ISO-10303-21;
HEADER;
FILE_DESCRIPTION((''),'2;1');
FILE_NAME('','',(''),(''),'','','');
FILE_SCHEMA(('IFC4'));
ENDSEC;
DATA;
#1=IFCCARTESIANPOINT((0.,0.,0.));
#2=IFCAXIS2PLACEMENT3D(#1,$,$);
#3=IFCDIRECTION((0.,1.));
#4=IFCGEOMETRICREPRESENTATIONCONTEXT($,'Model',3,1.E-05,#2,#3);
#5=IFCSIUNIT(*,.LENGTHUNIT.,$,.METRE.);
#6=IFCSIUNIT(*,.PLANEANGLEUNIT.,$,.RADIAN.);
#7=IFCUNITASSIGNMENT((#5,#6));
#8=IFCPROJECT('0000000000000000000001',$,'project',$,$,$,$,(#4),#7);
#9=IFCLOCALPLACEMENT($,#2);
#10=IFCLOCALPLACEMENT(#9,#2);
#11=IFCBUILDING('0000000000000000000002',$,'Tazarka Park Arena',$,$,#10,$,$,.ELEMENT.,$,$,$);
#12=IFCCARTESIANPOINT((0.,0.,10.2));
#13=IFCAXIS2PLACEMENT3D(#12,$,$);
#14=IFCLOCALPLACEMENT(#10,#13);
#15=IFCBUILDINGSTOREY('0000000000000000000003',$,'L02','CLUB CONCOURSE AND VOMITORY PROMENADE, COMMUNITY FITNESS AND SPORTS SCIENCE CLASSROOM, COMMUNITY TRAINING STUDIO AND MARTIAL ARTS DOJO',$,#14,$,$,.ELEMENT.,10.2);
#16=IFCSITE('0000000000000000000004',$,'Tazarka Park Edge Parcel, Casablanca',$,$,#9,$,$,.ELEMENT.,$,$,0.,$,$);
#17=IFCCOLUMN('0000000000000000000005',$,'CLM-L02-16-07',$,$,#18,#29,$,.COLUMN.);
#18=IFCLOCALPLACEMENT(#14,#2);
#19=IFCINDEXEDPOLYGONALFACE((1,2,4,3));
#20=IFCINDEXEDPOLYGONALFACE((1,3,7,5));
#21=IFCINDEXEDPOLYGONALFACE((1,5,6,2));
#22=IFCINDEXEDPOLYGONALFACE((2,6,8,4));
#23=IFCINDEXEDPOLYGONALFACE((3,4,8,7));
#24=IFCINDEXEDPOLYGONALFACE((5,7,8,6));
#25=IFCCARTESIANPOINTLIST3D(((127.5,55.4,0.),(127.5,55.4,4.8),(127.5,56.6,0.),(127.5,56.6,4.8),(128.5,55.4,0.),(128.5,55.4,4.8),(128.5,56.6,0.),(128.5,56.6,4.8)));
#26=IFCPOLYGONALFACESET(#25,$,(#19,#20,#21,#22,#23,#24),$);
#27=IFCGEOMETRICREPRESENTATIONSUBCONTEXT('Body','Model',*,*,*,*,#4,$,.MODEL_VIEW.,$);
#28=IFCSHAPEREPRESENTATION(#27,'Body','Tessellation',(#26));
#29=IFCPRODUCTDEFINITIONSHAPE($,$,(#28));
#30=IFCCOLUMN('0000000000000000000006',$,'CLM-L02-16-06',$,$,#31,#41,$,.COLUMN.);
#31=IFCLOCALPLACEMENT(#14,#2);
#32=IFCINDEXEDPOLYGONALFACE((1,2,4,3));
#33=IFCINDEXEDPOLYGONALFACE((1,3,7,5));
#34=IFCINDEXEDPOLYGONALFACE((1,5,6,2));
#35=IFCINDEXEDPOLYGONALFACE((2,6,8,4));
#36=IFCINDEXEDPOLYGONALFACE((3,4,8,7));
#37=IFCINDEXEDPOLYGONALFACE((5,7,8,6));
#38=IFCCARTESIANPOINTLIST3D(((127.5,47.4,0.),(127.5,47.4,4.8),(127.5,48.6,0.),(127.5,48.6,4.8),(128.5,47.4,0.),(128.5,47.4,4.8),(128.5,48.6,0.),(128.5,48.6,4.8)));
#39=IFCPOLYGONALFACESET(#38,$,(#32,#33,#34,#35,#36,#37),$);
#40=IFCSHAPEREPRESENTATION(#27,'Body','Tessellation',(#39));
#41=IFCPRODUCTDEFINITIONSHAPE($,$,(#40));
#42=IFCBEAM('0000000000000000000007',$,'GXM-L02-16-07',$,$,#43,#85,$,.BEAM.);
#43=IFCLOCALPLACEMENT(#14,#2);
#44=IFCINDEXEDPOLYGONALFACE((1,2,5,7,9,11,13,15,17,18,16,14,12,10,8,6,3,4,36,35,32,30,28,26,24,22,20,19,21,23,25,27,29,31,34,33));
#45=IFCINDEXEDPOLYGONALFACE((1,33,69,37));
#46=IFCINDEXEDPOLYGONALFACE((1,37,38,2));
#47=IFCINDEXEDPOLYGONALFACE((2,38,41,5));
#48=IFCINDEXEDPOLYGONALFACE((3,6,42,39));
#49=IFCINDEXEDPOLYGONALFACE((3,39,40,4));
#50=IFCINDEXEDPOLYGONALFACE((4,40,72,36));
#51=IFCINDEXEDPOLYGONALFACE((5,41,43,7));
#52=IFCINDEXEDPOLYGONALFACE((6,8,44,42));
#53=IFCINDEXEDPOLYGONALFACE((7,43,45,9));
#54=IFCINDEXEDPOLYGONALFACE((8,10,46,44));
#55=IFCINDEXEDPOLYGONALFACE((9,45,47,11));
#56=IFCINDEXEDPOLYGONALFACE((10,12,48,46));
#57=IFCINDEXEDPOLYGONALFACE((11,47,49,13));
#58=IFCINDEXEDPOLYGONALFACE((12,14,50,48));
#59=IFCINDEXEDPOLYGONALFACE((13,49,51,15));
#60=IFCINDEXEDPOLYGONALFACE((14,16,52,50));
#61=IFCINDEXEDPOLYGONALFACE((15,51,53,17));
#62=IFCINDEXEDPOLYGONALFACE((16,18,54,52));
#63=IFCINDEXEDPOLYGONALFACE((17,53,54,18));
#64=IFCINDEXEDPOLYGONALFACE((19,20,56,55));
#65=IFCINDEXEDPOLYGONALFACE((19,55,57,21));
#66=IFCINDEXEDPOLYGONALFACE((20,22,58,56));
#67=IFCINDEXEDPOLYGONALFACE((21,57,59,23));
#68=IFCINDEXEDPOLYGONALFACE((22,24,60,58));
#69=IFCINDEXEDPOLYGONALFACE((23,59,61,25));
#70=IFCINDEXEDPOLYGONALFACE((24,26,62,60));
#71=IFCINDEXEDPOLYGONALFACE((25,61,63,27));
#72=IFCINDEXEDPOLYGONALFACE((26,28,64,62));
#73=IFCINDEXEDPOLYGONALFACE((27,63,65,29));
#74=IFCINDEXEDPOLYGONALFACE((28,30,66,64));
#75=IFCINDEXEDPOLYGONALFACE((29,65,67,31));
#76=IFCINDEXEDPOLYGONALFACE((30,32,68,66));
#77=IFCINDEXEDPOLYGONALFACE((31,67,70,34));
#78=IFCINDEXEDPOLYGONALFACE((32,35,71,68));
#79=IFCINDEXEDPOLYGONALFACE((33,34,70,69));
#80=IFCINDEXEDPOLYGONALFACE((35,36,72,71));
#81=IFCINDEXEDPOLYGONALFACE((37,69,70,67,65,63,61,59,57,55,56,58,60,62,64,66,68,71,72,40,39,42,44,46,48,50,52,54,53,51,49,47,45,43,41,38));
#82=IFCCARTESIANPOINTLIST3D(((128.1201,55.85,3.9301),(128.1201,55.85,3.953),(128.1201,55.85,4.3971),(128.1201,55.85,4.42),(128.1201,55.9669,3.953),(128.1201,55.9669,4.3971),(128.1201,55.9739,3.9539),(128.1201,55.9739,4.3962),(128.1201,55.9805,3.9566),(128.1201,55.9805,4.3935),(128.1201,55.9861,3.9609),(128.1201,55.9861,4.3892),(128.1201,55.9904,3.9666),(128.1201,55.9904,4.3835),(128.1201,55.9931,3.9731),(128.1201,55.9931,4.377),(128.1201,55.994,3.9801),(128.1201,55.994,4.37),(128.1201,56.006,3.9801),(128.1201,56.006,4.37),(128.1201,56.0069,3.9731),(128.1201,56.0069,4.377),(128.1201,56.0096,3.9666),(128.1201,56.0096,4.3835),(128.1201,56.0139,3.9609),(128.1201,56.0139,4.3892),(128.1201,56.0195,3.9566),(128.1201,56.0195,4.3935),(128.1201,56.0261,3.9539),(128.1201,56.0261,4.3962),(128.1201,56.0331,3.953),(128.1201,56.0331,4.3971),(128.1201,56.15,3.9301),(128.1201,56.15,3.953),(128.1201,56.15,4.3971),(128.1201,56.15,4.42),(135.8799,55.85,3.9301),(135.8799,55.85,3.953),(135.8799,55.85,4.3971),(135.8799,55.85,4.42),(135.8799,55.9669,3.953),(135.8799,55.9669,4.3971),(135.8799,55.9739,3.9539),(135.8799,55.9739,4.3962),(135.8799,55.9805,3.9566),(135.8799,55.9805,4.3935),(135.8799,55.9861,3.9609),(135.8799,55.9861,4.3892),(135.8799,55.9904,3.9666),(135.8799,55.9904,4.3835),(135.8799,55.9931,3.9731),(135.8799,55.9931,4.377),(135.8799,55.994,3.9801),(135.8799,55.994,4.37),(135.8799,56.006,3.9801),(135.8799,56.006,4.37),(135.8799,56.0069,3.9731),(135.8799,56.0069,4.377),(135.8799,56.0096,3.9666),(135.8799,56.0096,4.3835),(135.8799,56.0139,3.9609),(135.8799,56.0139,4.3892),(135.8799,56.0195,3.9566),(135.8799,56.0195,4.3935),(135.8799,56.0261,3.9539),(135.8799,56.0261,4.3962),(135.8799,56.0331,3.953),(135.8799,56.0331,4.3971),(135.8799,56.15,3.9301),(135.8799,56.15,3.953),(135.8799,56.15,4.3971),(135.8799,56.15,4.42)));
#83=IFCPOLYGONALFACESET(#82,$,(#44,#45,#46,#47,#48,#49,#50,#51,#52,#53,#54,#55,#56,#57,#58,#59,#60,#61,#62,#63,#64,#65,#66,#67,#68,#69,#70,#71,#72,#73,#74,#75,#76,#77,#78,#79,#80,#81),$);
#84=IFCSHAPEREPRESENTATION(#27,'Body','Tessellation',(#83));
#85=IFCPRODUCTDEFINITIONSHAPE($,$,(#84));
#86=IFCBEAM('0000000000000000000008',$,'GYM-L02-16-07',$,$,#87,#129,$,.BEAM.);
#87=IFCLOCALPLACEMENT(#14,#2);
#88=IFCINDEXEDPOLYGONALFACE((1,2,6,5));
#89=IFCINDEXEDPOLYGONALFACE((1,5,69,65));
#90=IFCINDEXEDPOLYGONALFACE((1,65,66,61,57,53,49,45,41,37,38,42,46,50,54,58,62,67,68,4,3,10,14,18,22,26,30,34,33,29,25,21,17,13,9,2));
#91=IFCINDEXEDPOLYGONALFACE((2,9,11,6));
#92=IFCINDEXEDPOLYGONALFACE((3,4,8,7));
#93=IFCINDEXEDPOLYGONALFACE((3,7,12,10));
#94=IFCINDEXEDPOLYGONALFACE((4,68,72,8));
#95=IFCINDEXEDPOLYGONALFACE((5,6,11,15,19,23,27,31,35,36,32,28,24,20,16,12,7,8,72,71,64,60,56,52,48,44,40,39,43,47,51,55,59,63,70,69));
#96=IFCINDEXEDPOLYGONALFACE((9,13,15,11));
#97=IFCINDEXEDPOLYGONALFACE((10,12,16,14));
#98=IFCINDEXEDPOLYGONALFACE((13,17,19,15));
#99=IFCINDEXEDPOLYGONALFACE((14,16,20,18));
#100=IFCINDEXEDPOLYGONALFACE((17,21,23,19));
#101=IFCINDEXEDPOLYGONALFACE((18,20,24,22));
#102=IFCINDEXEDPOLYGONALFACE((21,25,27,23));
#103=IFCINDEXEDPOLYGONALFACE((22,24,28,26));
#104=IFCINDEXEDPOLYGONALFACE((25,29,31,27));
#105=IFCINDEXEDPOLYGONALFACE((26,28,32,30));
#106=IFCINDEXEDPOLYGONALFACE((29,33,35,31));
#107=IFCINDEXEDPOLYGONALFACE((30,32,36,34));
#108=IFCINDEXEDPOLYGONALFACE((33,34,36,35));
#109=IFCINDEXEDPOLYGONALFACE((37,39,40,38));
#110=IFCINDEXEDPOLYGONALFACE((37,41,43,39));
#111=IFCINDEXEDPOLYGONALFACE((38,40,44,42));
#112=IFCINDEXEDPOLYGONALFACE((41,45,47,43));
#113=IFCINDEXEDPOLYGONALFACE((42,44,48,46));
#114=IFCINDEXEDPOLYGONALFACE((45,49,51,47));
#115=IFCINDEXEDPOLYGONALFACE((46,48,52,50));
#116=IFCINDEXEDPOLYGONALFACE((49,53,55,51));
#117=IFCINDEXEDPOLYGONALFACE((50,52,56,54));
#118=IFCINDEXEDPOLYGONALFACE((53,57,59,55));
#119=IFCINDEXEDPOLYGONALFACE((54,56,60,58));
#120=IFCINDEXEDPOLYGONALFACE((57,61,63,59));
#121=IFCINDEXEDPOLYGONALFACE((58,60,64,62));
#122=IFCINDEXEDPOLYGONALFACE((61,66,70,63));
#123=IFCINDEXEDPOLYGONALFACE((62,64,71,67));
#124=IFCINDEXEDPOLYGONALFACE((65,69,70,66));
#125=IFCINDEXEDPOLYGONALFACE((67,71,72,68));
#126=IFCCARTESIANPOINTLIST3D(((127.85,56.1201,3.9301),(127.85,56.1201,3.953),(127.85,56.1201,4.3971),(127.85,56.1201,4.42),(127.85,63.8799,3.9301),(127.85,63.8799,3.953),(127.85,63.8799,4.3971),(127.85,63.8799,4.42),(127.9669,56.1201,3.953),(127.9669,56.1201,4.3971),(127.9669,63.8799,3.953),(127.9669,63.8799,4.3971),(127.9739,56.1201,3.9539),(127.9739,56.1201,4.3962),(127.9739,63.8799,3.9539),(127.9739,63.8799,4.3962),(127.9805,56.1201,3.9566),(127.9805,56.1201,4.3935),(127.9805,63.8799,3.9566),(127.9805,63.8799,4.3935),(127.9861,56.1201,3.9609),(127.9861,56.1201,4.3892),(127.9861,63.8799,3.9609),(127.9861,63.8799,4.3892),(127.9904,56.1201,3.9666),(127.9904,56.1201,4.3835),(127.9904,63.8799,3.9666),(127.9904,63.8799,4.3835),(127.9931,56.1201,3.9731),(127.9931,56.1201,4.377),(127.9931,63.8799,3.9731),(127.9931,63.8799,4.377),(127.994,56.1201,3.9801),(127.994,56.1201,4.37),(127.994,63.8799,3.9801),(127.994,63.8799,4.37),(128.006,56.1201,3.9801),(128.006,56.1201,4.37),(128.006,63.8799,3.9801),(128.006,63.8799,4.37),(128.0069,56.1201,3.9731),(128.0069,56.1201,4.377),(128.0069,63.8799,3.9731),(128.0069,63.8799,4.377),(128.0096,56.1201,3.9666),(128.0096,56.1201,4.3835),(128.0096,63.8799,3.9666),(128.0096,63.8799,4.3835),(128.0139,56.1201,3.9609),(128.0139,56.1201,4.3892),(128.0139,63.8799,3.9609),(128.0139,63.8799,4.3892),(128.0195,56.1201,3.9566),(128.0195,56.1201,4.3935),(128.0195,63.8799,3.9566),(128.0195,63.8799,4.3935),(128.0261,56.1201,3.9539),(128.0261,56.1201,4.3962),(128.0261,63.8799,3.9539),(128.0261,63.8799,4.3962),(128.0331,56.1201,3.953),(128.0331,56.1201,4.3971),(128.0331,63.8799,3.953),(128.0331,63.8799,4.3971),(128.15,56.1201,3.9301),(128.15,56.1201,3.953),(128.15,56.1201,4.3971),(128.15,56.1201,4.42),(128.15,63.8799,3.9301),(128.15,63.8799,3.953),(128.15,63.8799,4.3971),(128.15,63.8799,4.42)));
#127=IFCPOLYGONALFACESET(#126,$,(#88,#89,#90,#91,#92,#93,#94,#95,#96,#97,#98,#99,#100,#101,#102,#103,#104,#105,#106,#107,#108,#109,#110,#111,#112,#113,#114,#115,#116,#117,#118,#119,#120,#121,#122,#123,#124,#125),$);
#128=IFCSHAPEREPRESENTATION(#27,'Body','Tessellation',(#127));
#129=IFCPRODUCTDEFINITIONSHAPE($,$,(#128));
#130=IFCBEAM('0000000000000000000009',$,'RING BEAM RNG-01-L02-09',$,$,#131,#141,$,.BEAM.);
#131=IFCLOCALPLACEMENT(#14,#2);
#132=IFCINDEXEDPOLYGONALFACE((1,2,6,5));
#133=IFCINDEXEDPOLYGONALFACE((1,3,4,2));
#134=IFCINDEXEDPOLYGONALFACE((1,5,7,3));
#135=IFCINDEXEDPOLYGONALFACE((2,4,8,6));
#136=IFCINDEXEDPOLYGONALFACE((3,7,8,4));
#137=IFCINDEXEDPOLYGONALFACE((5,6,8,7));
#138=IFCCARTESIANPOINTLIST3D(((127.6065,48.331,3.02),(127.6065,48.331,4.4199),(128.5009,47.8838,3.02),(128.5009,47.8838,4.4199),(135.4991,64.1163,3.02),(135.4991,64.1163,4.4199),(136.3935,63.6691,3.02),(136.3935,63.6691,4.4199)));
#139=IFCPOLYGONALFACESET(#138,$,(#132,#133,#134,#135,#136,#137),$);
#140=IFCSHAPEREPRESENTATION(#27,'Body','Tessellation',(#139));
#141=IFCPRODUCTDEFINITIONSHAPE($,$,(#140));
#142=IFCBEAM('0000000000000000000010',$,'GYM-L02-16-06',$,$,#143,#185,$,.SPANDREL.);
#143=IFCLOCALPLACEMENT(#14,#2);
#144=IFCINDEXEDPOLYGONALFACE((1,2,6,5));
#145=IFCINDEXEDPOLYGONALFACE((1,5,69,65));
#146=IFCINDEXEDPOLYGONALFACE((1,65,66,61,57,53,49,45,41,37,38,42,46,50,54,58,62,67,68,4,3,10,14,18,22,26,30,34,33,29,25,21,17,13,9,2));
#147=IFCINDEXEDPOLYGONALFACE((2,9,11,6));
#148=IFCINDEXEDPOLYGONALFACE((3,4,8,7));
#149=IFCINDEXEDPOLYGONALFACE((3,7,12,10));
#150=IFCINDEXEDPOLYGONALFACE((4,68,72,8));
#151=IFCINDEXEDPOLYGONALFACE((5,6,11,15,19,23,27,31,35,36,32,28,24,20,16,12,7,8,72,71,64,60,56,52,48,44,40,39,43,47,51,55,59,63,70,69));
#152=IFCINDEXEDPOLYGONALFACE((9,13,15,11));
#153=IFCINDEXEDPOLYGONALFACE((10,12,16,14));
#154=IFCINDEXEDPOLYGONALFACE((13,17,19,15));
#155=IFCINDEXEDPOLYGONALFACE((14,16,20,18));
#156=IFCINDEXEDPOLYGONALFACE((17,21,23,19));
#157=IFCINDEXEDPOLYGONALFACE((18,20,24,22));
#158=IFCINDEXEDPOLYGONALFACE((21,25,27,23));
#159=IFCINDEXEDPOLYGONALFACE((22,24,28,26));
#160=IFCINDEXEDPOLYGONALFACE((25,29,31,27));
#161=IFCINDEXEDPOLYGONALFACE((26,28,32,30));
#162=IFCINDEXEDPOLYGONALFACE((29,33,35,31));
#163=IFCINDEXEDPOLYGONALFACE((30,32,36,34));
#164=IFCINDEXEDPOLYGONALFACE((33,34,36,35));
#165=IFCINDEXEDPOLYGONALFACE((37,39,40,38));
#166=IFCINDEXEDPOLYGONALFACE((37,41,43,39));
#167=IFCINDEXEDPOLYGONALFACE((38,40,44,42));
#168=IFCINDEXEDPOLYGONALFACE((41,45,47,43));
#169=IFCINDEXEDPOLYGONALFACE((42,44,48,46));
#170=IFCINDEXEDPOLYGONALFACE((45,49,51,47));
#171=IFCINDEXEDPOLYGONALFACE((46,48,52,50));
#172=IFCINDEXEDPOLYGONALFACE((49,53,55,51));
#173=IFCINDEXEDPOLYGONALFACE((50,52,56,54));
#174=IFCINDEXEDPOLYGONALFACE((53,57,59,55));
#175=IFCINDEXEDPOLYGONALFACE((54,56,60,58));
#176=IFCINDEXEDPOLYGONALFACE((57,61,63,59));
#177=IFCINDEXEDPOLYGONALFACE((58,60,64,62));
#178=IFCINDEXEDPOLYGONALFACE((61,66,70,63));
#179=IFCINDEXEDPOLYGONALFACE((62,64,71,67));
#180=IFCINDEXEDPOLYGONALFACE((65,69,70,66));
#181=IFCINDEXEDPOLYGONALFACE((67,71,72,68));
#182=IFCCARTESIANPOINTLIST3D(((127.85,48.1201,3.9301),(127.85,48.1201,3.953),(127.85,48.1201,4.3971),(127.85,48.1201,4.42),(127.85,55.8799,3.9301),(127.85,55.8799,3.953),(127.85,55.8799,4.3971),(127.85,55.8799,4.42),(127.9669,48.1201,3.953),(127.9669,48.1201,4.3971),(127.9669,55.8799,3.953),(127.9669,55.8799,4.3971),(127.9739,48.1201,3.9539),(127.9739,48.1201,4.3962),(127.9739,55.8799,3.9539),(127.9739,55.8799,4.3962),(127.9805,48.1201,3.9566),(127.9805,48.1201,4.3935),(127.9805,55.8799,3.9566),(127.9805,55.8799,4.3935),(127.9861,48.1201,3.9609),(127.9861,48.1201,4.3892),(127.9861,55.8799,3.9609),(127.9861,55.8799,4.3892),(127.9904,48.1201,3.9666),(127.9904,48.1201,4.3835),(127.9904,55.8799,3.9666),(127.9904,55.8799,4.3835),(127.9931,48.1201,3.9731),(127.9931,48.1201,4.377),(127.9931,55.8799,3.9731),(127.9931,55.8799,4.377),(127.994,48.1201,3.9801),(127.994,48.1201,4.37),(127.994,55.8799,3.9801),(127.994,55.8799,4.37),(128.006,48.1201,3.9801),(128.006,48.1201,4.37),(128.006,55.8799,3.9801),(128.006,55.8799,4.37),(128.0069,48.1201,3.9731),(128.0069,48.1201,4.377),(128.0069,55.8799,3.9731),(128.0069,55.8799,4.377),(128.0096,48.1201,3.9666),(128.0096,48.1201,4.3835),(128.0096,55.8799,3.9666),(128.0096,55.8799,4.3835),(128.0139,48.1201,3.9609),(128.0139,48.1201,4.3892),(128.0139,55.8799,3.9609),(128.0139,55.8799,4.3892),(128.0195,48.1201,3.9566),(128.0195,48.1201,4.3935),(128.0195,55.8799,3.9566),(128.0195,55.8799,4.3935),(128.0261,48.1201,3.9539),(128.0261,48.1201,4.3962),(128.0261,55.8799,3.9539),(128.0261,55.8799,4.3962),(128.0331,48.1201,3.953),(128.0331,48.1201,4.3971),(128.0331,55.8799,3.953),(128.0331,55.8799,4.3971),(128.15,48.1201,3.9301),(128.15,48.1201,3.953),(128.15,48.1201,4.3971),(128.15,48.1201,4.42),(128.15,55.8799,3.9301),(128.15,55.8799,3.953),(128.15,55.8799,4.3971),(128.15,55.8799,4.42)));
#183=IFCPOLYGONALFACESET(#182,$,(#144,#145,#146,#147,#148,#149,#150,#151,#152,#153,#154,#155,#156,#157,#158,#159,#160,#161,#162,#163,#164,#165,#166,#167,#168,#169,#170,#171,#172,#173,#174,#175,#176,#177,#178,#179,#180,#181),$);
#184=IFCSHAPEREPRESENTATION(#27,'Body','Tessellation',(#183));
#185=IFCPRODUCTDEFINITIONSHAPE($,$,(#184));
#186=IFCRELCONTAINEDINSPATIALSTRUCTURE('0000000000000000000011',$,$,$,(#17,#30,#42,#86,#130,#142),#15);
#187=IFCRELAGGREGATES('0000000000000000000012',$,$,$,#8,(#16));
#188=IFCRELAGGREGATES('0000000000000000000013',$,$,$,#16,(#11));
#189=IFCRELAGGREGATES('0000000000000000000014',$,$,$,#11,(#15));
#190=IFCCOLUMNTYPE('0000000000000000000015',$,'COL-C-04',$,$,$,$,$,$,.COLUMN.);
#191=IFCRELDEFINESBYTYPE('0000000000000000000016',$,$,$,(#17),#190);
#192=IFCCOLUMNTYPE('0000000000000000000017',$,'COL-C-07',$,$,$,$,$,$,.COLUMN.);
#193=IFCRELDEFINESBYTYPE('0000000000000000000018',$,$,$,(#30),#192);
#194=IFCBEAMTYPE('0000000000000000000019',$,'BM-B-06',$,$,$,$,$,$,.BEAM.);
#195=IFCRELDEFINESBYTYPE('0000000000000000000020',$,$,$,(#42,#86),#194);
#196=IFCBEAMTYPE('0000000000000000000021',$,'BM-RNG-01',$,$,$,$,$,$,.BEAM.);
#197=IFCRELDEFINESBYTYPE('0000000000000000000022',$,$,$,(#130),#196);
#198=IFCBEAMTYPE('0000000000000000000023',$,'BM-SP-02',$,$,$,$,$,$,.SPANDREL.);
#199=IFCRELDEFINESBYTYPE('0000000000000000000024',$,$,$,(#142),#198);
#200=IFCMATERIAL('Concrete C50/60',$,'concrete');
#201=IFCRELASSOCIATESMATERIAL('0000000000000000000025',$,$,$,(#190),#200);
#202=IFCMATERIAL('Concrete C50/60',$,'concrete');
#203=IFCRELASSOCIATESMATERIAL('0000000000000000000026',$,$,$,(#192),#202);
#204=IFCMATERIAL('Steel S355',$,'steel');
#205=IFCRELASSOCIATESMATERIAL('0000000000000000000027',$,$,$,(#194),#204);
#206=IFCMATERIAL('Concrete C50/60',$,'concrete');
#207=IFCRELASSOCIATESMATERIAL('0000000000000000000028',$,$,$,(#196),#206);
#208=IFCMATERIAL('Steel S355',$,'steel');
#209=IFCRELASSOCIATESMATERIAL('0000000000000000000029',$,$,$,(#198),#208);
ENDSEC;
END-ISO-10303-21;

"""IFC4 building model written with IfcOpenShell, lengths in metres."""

from ifc_helpers import new_model, si_unit, direction, frame, origin, origin_2d, place, context, subcontext, project, spatial, rectangle, i_section, extrude, material, material_profile, profile_set, type_object, element, save


model = new_model("IFC4")

# Units and contexts
model_context = context("Model", 3, precision=1e-05, world=origin(), true_north=direction((0.0, 1.0)))
body_context = subcontext(model_context, "Body", "Model", "MODEL_VIEW")
ifc_project = project(units=[si_unit("LENGTHUNIT", "METRE"), si_unit("PLANEANGLEUNIT", "RADIAN")], contexts=[model_context])

# Site, building, storey
site_placement = place(None, origin())
site = spatial("IfcSite", under=ifc_project, at=site_placement, Name="Tazarka Park Edge Parcel, Casablanca", CompositionType="ELEMENT", RefElevation=0.0)
building_placement = place(site_placement, origin())
building = spatial("IfcBuilding", under=site, at=building_placement, Name="Tazarka Park Arena", CompositionType="ELEMENT")
storey_placement = place(building_placement, frame((0.0, 0.0, 10.2)))
storey = spatial("IfcBuildingStorey", under=building, at=storey_placement, Name="L02", Description="CLUB CONCOURSE AND VOMITORY PROMENADE, COMMUNITY FITNESS AND SPORTS SCIENCE CLASSROOM, COMMUNITY TRAINING STUDIO AND MARTIAL ARTS DOJO", CompositionType="ELEMENT", Elevation=10.2)

# Columns
ifc_material_1 = material(Name="Concrete C50/60", Category="concrete")
ifc_material_profile_1 = material_profile(ifc_material_1, rectangle(XDim=1.0, YDim=1.2, at=origin_2d()), Name="Concrete C50/60")
ifc_profile_set_1 = profile_set([ifc_material_profile_1], Name="Concrete C50/60")
column_type_1 = type_object("IfcColumnType", Name="COL-C-04", PredefinedType="COLUMN", material=ifc_profile_set_1)
column_1_placement = place(storey_placement, frame((128.0, 56.0, 0.0), z_axis=(0.0, 0.0, 1.0), x_axis=(1.0, 0.0, 0.0)))
element("IfcColumn", 1, at=column_1_placement, inside=storey, type_object=column_type_1, Name="CLM-L02-16-07", PredefinedType="COLUMN", context=body_context, shape_type="SweptSolid", body=[
    extrude(rectangle(XDim=1.0, YDim=1.2, at=origin_2d()), origin(), (0.0, 0.0, 1.0), 4.8),
])
ifc_material_2 = material(Name="Concrete C50/60", Category="concrete")
ifc_material_profile_2 = material_profile(ifc_material_2, rectangle(XDim=1.0, YDim=1.2, at=origin_2d()), Name="Concrete C50/60")
ifc_profile_set_2 = profile_set([ifc_material_profile_2], Name="Concrete C50/60")
column_type_2 = type_object("IfcColumnType", Name="COL-C-07", PredefinedType="COLUMN", material=ifc_profile_set_2)
column_2_placement = place(storey_placement, frame((128.0, 48.0, 0.0), z_axis=(0.0, 0.0, 1.0), x_axis=(1.0, 0.0, 0.0)))
element("IfcColumn", 2, at=column_2_placement, inside=storey, type_object=column_type_2, Name="CLM-L02-16-06", PredefinedType="COLUMN", context=body_context, shape_type="SweptSolid", body=[
    extrude(rectangle(XDim=1.0, YDim=1.2, at=origin_2d()), origin(), (0.0, 0.0, 1.0), 4.8),
])

# Beams
ifc_material_3 = material(Name="Steel S355", Category="steel")
ifc_material_profile_3 = material_profile(ifc_material_3, i_section(OverallWidth=0.3, OverallDepth=0.49, WebThickness=0.012, FlangeThickness=0.0229, FilletRadius=0.0271, at=origin_2d()), Name="Steel S355")
ifc_profile_set_3 = profile_set([ifc_material_profile_3], Name="Steel S355")
beam_type_1 = type_object("IfcBeamType", Name="BM-B-06", PredefinedType="BEAM", material=ifc_profile_set_3)
for number, where, z_axis, x_axis, name in (
    (3, (128.1201, 56.0, 4.175), (1.0, 0.0, 0.0), (0.0, 1.0, 0.0), "GXM-L02-16-07"),
    (4, (128.0, 56.1201, 4.175), (0.0, 1.0, 0.0), (-1.0, 0.0, 0.0), "GYM-L02-16-07"),
):
    element("IfcBeam", number, at=place(storey_placement, frame(where, z_axis=z_axis, x_axis=x_axis)), inside=storey, type_object=beam_type_1, Name=name, PredefinedType="BEAM", context=body_context, shape_type="SweptSolid", body=[
        extrude(i_section(OverallWidth=0.3, OverallDepth=0.49, WebThickness=0.012, FlangeThickness=0.0229, FilletRadius=0.0271, at=origin_2d()), origin(), (0.0, 0.0, 1.0), 7.7598),
    ])
ifc_material_4 = material(Name="Concrete C50/60", Category="concrete")
ifc_material_profile_4 = material_profile(ifc_material_4, rectangle(XDim=1.0, YDim=1.3999, at=origin_2d()), Name="Concrete C50/60")
ifc_profile_set_4 = profile_set([ifc_material_profile_4], Name="Concrete C50/60")
beam_type_2 = type_object("IfcBeamType", Name="BM-RNG-01", PredefinedType="BEAM", material=ifc_profile_set_4)
beam_1_placement = place(storey_placement, frame((128.0537, 48.1074, 3.72), z_axis=(0.447214, 0.894427, 0.0), x_axis=(-0.894427, 0.447214, 0.0)))
element("IfcBeam", 5, at=beam_1_placement, inside=storey, type_object=beam_type_2, Name="RING BEAM RNG-01-L02-09", PredefinedType="BEAM", context=body_context, shape_type="SweptSolid", body=[
    extrude(rectangle(XDim=1.0, YDim=1.3999, at=origin_2d()), origin(), (0.0, 0.0, 1.0), 17.6484),
])
ifc_material_5 = material(Name="Steel S355", Category="steel")
ifc_material_profile_5 = material_profile(ifc_material_5, i_section(OverallWidth=0.3, OverallDepth=0.49, WebThickness=0.012, FlangeThickness=0.0229, FilletRadius=0.0271, at=origin_2d()), Name="Steel S355")
ifc_profile_set_5 = profile_set([ifc_material_profile_5], Name="Steel S355")
beam_type_3 = type_object("IfcBeamType", Name="BM-SP-02", PredefinedType="SPANDREL", material=ifc_profile_set_5)
beam_2_placement = place(storey_placement, frame((128.0, 48.1201, 4.175), z_axis=(0.0, 1.0, 0.0), x_axis=(-1.0, 0.0, 0.0)))
element("IfcBeam", 6, at=beam_2_placement, inside=storey, type_object=beam_type_3, Name="GYM-L02-16-06", PredefinedType="SPANDREL", context=body_context, shape_type="SweptSolid", body=[
    extrude(i_section(OverallWidth=0.3, OverallDepth=0.49, WebThickness=0.012, FlangeThickness=0.0229, FilletRadius=0.0271, at=origin_2d()), origin(), (0.0, 0.0, 1.0), 7.7598),
])

save(model, "model.ifc")
